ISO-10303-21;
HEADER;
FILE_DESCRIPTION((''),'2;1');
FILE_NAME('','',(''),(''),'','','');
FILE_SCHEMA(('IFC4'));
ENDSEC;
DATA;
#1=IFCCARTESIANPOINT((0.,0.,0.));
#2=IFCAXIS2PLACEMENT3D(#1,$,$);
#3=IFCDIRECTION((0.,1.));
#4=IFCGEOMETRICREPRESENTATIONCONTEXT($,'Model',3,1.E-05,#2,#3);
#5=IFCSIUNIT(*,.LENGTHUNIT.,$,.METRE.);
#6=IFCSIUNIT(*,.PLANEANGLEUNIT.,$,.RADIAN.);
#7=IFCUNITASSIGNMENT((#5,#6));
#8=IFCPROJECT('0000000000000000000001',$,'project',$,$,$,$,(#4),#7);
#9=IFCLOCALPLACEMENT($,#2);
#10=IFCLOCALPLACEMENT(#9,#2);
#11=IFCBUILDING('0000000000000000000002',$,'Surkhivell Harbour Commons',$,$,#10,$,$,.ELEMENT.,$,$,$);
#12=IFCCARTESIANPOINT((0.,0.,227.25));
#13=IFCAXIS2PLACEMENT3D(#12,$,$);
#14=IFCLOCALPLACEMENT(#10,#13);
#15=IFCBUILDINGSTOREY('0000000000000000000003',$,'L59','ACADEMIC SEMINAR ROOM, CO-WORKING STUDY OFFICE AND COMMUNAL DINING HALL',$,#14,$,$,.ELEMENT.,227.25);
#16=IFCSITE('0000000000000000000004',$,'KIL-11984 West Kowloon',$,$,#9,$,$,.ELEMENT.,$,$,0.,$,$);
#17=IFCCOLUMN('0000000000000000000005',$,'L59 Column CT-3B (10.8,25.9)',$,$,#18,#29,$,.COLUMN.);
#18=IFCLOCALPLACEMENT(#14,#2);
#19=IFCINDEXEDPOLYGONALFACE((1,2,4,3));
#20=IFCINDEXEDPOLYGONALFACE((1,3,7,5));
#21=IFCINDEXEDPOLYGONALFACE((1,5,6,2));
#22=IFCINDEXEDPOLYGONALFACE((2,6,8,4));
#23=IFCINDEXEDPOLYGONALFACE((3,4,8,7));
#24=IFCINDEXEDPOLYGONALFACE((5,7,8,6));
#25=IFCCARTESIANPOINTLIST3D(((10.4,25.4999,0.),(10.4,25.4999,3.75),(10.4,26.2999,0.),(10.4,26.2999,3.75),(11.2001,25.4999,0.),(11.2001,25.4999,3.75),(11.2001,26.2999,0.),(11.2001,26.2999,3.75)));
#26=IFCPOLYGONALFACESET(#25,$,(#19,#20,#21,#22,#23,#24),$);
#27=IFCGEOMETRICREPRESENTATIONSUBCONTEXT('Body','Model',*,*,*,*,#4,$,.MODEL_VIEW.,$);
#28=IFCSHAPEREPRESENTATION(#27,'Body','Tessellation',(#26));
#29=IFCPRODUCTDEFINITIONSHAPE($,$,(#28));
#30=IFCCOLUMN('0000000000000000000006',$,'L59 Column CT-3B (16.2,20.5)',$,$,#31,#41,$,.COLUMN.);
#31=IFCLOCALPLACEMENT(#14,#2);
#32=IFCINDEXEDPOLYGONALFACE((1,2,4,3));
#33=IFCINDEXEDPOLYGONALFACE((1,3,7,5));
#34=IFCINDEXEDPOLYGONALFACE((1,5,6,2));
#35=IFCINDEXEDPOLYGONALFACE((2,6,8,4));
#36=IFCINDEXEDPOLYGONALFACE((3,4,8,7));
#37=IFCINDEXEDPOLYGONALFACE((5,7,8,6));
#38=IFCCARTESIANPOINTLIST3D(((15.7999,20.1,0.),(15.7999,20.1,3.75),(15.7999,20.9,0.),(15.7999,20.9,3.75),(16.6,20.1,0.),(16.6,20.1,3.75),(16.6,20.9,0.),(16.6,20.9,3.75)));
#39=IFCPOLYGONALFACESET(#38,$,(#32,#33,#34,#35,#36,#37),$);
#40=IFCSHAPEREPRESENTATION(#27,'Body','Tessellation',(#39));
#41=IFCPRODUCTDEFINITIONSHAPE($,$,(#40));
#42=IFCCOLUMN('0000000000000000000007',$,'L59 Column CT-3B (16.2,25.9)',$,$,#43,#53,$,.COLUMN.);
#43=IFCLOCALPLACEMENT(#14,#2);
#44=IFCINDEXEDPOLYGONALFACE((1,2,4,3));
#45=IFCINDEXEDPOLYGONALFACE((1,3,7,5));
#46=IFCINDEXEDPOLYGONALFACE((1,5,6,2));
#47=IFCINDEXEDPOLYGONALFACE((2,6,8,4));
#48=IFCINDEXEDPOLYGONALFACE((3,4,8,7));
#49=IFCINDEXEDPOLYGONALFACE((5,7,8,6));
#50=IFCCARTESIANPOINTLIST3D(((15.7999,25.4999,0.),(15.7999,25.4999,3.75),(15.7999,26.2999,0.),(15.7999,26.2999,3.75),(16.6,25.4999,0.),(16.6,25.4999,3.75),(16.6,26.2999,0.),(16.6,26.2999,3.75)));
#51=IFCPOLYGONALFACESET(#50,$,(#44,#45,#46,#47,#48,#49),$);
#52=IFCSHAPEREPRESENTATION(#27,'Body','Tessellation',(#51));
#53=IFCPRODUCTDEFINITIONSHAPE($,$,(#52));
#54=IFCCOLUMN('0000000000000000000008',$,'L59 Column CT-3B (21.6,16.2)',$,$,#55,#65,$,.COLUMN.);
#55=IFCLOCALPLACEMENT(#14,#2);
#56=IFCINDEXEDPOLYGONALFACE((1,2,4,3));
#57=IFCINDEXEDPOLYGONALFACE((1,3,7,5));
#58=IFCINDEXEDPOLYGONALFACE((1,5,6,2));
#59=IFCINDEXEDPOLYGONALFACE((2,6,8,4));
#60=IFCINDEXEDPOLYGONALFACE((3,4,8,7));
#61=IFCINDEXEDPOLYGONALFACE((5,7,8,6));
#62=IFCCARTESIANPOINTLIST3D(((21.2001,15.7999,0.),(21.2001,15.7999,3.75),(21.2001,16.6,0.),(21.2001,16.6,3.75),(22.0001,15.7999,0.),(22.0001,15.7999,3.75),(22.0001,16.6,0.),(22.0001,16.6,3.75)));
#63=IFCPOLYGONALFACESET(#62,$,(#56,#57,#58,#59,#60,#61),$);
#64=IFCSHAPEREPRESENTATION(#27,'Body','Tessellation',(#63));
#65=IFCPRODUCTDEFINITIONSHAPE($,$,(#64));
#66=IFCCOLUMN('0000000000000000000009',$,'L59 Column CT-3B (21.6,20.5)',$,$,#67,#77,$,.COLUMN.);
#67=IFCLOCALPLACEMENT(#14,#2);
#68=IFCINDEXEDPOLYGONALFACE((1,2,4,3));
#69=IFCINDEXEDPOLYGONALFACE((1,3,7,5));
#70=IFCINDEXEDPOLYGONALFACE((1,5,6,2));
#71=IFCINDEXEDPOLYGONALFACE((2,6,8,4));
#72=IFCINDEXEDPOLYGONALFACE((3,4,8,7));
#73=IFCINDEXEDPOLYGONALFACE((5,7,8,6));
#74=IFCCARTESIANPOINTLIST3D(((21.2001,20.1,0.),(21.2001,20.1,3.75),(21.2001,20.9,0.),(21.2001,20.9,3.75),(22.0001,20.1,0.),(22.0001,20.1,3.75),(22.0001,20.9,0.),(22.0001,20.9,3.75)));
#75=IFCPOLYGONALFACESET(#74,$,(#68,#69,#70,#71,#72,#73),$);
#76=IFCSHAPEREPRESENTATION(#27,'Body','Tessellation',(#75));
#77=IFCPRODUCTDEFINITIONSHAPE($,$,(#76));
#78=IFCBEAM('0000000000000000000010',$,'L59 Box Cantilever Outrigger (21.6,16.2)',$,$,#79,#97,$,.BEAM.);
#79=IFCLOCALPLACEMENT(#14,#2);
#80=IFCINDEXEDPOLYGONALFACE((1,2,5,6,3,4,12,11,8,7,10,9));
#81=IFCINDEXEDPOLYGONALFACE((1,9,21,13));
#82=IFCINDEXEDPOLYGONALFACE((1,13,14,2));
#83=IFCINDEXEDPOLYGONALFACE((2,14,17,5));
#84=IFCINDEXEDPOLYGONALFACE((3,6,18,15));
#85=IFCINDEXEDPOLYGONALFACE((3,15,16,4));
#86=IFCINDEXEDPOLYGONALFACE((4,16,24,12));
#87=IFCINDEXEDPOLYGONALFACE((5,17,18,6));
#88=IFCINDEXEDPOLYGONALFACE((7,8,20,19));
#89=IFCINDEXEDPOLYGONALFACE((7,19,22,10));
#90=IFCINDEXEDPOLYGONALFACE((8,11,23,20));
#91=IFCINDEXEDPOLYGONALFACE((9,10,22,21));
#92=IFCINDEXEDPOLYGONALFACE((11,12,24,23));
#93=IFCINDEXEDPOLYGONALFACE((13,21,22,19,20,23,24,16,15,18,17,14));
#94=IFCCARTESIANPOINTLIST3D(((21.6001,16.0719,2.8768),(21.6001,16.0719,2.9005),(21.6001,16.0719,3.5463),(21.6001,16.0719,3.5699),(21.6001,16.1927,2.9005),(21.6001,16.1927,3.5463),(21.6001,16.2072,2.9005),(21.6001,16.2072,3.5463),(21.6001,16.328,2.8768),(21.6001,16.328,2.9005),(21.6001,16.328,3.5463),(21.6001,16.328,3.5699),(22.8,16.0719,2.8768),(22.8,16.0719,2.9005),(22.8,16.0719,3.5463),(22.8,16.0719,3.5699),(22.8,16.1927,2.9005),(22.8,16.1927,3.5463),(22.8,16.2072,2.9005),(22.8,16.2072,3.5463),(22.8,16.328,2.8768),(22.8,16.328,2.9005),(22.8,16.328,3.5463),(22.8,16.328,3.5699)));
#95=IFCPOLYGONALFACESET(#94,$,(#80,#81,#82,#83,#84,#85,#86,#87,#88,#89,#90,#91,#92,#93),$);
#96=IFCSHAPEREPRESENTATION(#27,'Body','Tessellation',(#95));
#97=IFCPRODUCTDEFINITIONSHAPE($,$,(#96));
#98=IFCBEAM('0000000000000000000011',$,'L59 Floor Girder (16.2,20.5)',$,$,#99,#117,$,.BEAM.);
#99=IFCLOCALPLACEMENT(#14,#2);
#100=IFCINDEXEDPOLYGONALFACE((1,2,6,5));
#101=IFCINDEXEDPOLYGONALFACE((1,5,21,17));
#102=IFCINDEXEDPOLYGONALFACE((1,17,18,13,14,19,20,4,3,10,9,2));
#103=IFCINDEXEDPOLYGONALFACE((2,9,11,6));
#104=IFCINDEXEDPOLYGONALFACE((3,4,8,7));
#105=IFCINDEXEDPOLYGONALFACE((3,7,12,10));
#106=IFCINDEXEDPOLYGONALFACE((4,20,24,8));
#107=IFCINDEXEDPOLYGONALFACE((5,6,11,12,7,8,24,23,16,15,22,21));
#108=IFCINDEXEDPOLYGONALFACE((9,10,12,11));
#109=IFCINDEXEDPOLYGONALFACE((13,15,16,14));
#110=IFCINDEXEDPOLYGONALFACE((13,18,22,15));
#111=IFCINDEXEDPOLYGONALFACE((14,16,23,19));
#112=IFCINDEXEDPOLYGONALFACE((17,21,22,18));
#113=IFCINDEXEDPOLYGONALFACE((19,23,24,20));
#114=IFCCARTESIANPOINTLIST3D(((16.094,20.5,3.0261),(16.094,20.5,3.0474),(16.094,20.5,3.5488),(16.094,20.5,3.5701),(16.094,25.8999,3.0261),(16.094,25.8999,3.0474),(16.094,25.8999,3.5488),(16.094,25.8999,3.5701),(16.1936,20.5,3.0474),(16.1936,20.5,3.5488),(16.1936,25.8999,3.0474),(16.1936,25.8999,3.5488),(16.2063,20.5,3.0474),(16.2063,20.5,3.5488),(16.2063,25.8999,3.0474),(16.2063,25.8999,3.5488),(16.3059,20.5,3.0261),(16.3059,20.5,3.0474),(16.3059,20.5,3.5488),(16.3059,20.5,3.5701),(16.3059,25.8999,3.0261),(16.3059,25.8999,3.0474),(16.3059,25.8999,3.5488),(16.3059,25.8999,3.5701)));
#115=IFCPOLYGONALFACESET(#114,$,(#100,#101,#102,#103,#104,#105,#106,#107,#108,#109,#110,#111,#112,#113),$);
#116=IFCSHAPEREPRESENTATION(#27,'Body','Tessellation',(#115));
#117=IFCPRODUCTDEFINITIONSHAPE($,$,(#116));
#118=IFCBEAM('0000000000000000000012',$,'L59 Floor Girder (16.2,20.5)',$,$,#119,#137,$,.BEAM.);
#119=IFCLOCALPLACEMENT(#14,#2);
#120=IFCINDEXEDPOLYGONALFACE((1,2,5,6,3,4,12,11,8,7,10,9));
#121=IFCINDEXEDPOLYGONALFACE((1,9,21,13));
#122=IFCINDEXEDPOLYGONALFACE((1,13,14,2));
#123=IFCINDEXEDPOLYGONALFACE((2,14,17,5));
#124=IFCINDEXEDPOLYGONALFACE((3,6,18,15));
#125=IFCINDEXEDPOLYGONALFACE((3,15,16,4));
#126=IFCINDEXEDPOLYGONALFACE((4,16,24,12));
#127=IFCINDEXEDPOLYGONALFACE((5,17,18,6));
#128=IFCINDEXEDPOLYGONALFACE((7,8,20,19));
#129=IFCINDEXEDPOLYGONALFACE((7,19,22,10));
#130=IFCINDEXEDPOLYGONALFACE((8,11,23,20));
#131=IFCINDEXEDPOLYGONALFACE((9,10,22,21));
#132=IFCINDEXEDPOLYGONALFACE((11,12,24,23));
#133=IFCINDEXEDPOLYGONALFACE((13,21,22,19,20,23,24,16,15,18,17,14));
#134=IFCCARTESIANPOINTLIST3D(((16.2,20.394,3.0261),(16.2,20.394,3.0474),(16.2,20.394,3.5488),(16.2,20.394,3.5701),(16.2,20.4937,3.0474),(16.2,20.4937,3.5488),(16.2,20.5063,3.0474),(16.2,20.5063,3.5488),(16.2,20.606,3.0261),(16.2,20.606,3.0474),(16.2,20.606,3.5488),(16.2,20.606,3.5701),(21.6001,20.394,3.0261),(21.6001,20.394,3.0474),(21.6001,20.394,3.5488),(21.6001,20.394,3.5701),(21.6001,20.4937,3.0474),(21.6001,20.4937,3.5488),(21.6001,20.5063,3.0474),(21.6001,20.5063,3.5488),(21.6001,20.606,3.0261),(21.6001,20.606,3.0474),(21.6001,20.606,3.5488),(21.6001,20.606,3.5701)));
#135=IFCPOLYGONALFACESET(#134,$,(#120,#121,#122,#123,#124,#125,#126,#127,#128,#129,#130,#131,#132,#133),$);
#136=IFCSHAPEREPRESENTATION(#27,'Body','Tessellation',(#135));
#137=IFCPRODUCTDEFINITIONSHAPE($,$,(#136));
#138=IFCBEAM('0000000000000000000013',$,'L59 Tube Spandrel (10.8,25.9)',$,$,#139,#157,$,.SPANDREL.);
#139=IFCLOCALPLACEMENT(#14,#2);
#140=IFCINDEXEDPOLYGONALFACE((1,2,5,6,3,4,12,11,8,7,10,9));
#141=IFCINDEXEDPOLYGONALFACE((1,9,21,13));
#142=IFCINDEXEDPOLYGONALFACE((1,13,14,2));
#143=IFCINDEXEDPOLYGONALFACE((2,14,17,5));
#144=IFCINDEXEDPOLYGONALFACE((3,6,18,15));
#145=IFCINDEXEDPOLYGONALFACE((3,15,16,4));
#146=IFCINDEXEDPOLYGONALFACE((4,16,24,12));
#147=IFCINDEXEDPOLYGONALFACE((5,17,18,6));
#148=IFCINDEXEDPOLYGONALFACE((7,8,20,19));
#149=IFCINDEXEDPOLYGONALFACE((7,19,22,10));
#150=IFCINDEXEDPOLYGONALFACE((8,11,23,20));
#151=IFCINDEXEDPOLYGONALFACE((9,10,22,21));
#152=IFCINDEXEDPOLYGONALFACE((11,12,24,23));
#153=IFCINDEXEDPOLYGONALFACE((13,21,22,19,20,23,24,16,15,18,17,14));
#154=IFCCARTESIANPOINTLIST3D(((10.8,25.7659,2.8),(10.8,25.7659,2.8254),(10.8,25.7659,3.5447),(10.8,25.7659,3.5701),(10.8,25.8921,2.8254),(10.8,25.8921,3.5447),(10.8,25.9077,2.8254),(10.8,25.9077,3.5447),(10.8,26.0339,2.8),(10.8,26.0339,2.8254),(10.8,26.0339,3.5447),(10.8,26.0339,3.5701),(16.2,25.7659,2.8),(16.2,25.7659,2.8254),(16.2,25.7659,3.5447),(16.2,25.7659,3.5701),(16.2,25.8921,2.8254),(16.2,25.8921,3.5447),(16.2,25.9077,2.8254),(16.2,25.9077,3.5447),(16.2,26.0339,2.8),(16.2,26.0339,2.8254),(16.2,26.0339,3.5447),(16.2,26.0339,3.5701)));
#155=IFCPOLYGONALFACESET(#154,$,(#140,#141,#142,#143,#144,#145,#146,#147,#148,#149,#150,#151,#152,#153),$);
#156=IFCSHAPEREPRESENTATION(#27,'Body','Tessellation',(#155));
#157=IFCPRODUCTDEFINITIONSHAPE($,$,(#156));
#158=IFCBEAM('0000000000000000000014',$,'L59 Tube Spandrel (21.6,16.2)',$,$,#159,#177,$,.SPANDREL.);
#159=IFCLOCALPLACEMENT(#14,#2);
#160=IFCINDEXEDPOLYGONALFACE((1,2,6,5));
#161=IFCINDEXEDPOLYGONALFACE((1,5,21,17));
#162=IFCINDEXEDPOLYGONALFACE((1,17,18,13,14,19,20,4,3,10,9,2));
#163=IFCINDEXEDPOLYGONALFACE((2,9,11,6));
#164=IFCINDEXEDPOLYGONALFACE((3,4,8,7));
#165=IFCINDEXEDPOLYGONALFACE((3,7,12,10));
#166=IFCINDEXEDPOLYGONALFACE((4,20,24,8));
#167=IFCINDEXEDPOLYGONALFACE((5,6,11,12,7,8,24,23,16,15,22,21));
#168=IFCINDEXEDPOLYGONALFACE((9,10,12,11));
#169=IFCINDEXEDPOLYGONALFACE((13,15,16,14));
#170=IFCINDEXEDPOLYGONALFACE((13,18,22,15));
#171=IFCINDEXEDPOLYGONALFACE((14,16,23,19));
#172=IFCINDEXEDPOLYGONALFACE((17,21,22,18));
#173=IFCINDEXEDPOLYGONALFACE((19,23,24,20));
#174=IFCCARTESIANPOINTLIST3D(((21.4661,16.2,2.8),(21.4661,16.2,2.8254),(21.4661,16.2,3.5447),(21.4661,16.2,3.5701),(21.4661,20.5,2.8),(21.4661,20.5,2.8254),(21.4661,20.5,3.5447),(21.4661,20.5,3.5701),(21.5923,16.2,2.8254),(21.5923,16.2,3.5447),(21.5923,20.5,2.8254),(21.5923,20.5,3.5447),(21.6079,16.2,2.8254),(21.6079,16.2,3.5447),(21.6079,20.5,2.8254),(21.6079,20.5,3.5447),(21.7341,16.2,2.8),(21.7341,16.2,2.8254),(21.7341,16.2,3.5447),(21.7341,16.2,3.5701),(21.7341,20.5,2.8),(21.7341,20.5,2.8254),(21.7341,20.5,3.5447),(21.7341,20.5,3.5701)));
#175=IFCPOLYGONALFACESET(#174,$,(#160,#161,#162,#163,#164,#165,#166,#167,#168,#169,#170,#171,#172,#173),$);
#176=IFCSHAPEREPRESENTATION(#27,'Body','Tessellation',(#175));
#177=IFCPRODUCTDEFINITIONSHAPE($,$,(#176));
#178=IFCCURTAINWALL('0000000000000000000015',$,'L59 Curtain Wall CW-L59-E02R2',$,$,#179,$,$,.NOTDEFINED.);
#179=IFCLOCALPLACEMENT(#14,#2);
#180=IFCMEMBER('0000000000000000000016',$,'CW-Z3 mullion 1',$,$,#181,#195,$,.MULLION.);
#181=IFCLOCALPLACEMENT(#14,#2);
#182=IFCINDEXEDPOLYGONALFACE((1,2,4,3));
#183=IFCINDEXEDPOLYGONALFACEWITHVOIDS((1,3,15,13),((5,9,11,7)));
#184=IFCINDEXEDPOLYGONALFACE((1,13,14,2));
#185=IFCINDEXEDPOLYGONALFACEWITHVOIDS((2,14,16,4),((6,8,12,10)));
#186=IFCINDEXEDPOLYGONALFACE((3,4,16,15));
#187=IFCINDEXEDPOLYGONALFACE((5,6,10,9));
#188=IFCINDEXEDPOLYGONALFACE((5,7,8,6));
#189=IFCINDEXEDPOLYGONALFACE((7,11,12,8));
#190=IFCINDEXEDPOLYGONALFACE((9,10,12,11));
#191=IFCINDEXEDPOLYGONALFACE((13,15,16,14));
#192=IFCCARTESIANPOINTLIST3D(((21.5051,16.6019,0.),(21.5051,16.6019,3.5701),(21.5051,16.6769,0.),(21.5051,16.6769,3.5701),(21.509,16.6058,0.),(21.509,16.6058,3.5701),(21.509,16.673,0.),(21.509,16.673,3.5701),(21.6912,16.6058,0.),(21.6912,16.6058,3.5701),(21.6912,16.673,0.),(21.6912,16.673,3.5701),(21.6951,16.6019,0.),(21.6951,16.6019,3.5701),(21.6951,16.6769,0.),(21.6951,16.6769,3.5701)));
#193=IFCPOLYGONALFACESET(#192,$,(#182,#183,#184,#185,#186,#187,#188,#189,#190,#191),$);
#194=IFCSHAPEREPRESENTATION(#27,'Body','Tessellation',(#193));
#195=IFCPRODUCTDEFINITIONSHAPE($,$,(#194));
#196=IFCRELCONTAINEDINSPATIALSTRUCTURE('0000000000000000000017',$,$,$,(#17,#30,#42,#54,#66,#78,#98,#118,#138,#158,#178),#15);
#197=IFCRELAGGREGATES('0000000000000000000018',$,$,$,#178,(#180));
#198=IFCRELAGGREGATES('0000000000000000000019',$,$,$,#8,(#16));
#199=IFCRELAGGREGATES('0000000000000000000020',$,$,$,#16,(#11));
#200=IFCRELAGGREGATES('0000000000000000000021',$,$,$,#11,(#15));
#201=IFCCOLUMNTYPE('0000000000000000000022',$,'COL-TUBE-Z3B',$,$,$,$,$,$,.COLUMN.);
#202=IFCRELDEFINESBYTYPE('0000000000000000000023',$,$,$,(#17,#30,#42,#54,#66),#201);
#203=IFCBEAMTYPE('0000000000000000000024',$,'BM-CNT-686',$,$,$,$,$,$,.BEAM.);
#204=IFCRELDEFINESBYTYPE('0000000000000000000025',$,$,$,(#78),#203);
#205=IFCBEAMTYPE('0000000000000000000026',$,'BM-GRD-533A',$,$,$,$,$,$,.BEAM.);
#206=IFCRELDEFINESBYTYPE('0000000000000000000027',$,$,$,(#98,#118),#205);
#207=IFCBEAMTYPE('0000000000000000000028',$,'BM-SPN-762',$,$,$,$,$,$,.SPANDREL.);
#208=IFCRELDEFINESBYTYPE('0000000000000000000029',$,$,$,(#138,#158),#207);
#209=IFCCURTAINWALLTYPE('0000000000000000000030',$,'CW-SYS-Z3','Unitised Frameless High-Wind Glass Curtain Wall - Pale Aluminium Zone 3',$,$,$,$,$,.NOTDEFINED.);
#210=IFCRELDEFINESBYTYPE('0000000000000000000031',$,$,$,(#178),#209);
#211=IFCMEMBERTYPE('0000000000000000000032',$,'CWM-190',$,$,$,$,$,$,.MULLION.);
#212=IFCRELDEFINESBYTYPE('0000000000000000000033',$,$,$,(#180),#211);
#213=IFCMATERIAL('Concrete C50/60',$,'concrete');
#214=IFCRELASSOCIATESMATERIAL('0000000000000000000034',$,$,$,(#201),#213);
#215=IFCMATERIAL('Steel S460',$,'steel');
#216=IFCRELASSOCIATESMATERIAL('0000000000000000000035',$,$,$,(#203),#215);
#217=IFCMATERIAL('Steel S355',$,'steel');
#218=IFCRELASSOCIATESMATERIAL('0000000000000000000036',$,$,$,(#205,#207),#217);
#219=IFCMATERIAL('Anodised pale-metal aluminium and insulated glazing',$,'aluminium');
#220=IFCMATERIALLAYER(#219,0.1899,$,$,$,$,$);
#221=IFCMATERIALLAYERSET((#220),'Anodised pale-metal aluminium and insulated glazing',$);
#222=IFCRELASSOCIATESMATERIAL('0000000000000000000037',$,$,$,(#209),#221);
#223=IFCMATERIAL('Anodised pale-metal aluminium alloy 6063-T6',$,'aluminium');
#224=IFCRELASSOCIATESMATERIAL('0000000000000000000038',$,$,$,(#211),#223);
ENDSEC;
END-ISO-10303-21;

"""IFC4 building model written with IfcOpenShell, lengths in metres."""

from ifc_helpers import new_model, si_unit, direction, frame, origin, origin_2d, place, context, subcontext, project, spatial, rectangle, hollow_rectangle, i_section, extrude, material, layer, layer_set, material_profile, profile_set, type_object, element, aggregate, save


model = new_model("IFC4")

# Units and contexts
model_context = context("Model", 3, precision=1e-05, world=origin(), true_north=direction((0.0, 1.0)))
body_context = subcontext(model_context, "Body", "Model", "MODEL_VIEW")
ifc_project = project(units=[si_unit("LENGTHUNIT", "METRE"), si_unit("PLANEANGLEUNIT", "RADIAN")], contexts=[model_context])

# Site, building, storey
site_placement = place(None, origin())
site = spatial("IfcSite", under=ifc_project, at=site_placement, Name="KIL-11984 West Kowloon", CompositionType="ELEMENT", RefElevation=0.0)
building_placement = place(site_placement, origin())
building = spatial("IfcBuilding", under=site, at=building_placement, Name="Surkhivell Harbour Commons", CompositionType="ELEMENT")
storey_placement = place(building_placement, frame((0.0, 0.0, 227.25)))
storey = spatial("IfcBuildingStorey", under=building, at=storey_placement, Name="L59", Description="ACADEMIC SEMINAR ROOM, CO-WORKING STUDY OFFICE AND COMMUNAL DINING HALL", CompositionType="ELEMENT", Elevation=227.25)

# Columns
ifc_material_1 = material(Name="Concrete C50/60", Category="concrete")
ifc_material_profile_1 = material_profile(ifc_material_1, rectangle(XDim=0.8, YDim=0.8, at=origin_2d()), Name="RC-COL-800x800")
ifc_profile_set_1 = profile_set([ifc_material_profile_1], Name="Concrete C50/60")
column_type = type_object("IfcColumnType", Name="COL-TUBE-Z3B", PredefinedType="COLUMN", material=ifc_profile_set_1)
for number, where, z_axis, x_axis, name in (
    (1, (10.8, 25.8999, 0.0), (0.0, 0.0, 1.0), (1.0, 0.0, 0.0), "L59 Column CT-3B (10.8,25.9)"),
    (2, (16.2, 20.5, 0.0), (0.0, 0.0, 1.0), (1.0, 0.0, 0.0), "L59 Column CT-3B (16.2,20.5)"),
    (3, (16.2, 25.8999, 0.0), (0.0, 0.0, 1.0), (1.0, 0.0, 0.0), "L59 Column CT-3B (16.2,25.9)"),
    (4, (21.6001, 16.2, 0.0), (0.0, 0.0, 1.0), (1.0, 0.0, 0.0), "L59 Column CT-3B (21.6,16.2)"),
    (5, (21.6001, 20.5, 0.0), (0.0, 0.0, 1.0), (1.0, 0.0, 0.0), "L59 Column CT-3B (21.6,20.5)"),
):
    element("IfcColumn", number, at=place(storey_placement, frame(where, z_axis=z_axis, x_axis=x_axis)), inside=storey, type_object=column_type, Name=name, PredefinedType="COLUMN", context=body_context, shape_type="SweptSolid", body=[
        extrude(rectangle(XDim=0.8, YDim=0.8, at=origin_2d()), origin(), (0.0, 0.0, 1.0), 3.75),
    ])

# Beams
ifc_material_2 = material(Name="Steel S460", Category="steel")
ifc_material_profile_2 = material_profile(ifc_material_2, i_section(OverallWidth=0.2561, OverallDepth=0.6931, WebThickness=0.0144, FlangeThickness=0.0237, at=origin_2d()), Name="UB686x254x170")
ifc_profile_set_2 = profile_set([ifc_material_profile_2], Name="Steel S460")
beam_type_1 = type_object("IfcBeamType", Name="BM-CNT-686", PredefinedType="BEAM", material=ifc_profile_set_2)
beam_1_placement = place(storey_placement, frame((21.6001, 16.2, 3.2234), z_axis=(1.0, 0.0, 0.0), x_axis=(0.0, 1.0, 0.0)))
element("IfcBeam", 6, at=beam_1_placement, inside=storey, type_object=beam_type_1, Name="L59 Box Cantilever Outrigger (21.6,16.2)", PredefinedType="BEAM", context=body_context, shape_type="SweptSolid", body=[
    extrude(i_section(OverallWidth=0.2561, OverallDepth=0.6931, WebThickness=0.0144, FlangeThickness=0.0237, at=origin_2d()), origin(), (0.0, 0.0, 1.0), 1.2),
])
ifc_material_3 = material(Name="Steel S355", Category="steel")
ifc_material_profile_3 = material_profile(ifc_material_3, i_section(OverallWidth=0.2119, OverallDepth=0.5439, WebThickness=0.0127, FlangeThickness=0.0212, at=origin_2d()), Name="UB533x210x122")
ifc_profile_set_3 = profile_set([ifc_material_profile_3], Name="Steel S355")
beam_type_2 = type_object("IfcBeamType", Name="BM-GRD-533A", PredefinedType="BEAM", material=ifc_profile_set_3)
beam_2_placement = place(storey_placement, frame((16.2, 20.5, 3.2981), z_axis=(0.0, 1.0, 0.0), x_axis=(-1.0, 0.0, 0.0)))
element("IfcBeam", 7, at=beam_2_placement, inside=storey, type_object=beam_type_2, Name="L59 Floor Girder (16.2,20.5)", PredefinedType="BEAM", context=body_context, shape_type="SweptSolid", body=[
    extrude(i_section(OverallWidth=0.2119, OverallDepth=0.5439, WebThickness=0.0127, FlangeThickness=0.0212, at=origin_2d()), origin(), (0.0, 0.0, 1.0), 5.3999),
])
beam_3_placement = place(storey_placement, frame((16.2, 20.5, 3.2981), z_axis=(1.0, 0.0, 0.0), x_axis=(0.0, 1.0, 0.0)))
element("IfcBeam", 8, at=beam_3_placement, inside=storey, type_object=beam_type_2, Name="L59 Floor Girder (16.2,20.5)", PredefinedType="BEAM", context=body_context, shape_type="SweptSolid", body=[
    extrude(i_section(OverallWidth=0.2119, OverallDepth=0.5439, WebThickness=0.0127, FlangeThickness=0.0212, at=origin_2d()), origin(), (0.0, 0.0, 1.0), 5.4001),
])
ifc_material_profile_4 = material_profile(ifc_material_3, i_section(OverallWidth=0.2681, OverallDepth=0.77, WebThickness=0.0156, FlangeThickness=0.0254, at=origin_2d()), Name="UB762x267x197")
ifc_profile_set_4 = profile_set([ifc_material_profile_4], Name="Steel S355")
beam_type_3 = type_object("IfcBeamType", Name="BM-SPN-762", PredefinedType="SPANDREL", material=ifc_profile_set_4)
beam_4_placement = place(storey_placement, frame((10.8, 25.8999, 3.1851), z_axis=(1.0, 0.0, 0.0), x_axis=(0.0, 1.0, 0.0)))
element("IfcBeam", 9, at=beam_4_placement, inside=storey, type_object=beam_type_3, Name="L59 Tube Spandrel (10.8,25.9)", PredefinedType="SPANDREL", context=body_context, shape_type="SweptSolid", body=[
    extrude(i_section(OverallWidth=0.2681, OverallDepth=0.77, WebThickness=0.0156, FlangeThickness=0.0254, at=origin_2d()), origin(), (0.0, 0.0, 1.0), 5.3999),
])
beam_5_placement = place(storey_placement, frame((21.6001, 16.2, 3.1851), z_axis=(0.0, 1.0, 0.0), x_axis=(-1.0, 0.0, 0.0)))
element("IfcBeam", 10, at=beam_5_placement, inside=storey, type_object=beam_type_3, Name="L59 Tube Spandrel (21.6,16.2)", PredefinedType="SPANDREL", context=body_context, shape_type="SweptSolid", body=[
    extrude(i_section(OverallWidth=0.2681, OverallDepth=0.77, WebThickness=0.0156, FlangeThickness=0.0254, at=origin_2d()), origin(), (0.0, 0.0, 1.0), 4.3),
])

# Curtain wall, member
ifc_material_4 = material(Name="Anodised pale-metal aluminium and insulated glazing", Category="aluminium")
ifc_layer_1 = layer(ifc_material_4, 0.1899)
ifc_layer_set_1 = layer_set([ifc_layer_1], Name="Anodised pale-metal aluminium and insulated glazing")
curtain_wall_type = type_object("IfcCurtainWallType", Name="CW-SYS-Z3", Description="Unitised Frameless High-Wind Glass Curtain Wall - Pale Aluminium Zone 3", PredefinedType="NOTDEFINED", material=ifc_layer_set_1)
curtain_wall_1_placement = place(storey_placement, origin())
curtain_wall_1 = element("IfcCurtainWall", 11, at=curtain_wall_1_placement, inside=storey, type_object=curtain_wall_type, Name="L59 Curtain Wall CW-L59-E02R2", PredefinedType="NOTDEFINED")
ifc_material_5 = material(Name="Anodised pale-metal aluminium alloy 6063-T6", Category="aluminium")
ifc_material_profile_5 = material_profile(ifc_material_5, hollow_rectangle(XDim=0.075, YDim=0.1899, WallThickness=0.0039, at=origin_2d()), Name="ALU-MULL-75x190")
ifc_profile_set_5 = profile_set([ifc_material_profile_5], Name="Anodised pale-metal aluminium alloy 6063-T6")
member_type_1 = type_object("IfcMemberType", Name="CWM-190", PredefinedType="MULLION", material=ifc_profile_set_5)
member_1_placement = place(storey_placement, frame((21.6001, 16.6394, 0.0), z_axis=(0.0, 0.0, 1.0), x_axis=(0.0, 1.0, 0.0)))
member_1 = element("IfcMember", 12, at=member_1_placement, type_object=member_type_1, Name="CW-Z3 mullion 1", PredefinedType="MULLION", context=body_context, shape_type="SweptSolid", body=[
    extrude(hollow_rectangle(XDim=0.075, YDim=0.1899, WallThickness=0.0039, at=origin_2d()), origin(), (0.0, 0.0, 1.0), 3.5701),
])

aggregate(curtain_wall_1, [member_1])

save(model, "model.ifc")
